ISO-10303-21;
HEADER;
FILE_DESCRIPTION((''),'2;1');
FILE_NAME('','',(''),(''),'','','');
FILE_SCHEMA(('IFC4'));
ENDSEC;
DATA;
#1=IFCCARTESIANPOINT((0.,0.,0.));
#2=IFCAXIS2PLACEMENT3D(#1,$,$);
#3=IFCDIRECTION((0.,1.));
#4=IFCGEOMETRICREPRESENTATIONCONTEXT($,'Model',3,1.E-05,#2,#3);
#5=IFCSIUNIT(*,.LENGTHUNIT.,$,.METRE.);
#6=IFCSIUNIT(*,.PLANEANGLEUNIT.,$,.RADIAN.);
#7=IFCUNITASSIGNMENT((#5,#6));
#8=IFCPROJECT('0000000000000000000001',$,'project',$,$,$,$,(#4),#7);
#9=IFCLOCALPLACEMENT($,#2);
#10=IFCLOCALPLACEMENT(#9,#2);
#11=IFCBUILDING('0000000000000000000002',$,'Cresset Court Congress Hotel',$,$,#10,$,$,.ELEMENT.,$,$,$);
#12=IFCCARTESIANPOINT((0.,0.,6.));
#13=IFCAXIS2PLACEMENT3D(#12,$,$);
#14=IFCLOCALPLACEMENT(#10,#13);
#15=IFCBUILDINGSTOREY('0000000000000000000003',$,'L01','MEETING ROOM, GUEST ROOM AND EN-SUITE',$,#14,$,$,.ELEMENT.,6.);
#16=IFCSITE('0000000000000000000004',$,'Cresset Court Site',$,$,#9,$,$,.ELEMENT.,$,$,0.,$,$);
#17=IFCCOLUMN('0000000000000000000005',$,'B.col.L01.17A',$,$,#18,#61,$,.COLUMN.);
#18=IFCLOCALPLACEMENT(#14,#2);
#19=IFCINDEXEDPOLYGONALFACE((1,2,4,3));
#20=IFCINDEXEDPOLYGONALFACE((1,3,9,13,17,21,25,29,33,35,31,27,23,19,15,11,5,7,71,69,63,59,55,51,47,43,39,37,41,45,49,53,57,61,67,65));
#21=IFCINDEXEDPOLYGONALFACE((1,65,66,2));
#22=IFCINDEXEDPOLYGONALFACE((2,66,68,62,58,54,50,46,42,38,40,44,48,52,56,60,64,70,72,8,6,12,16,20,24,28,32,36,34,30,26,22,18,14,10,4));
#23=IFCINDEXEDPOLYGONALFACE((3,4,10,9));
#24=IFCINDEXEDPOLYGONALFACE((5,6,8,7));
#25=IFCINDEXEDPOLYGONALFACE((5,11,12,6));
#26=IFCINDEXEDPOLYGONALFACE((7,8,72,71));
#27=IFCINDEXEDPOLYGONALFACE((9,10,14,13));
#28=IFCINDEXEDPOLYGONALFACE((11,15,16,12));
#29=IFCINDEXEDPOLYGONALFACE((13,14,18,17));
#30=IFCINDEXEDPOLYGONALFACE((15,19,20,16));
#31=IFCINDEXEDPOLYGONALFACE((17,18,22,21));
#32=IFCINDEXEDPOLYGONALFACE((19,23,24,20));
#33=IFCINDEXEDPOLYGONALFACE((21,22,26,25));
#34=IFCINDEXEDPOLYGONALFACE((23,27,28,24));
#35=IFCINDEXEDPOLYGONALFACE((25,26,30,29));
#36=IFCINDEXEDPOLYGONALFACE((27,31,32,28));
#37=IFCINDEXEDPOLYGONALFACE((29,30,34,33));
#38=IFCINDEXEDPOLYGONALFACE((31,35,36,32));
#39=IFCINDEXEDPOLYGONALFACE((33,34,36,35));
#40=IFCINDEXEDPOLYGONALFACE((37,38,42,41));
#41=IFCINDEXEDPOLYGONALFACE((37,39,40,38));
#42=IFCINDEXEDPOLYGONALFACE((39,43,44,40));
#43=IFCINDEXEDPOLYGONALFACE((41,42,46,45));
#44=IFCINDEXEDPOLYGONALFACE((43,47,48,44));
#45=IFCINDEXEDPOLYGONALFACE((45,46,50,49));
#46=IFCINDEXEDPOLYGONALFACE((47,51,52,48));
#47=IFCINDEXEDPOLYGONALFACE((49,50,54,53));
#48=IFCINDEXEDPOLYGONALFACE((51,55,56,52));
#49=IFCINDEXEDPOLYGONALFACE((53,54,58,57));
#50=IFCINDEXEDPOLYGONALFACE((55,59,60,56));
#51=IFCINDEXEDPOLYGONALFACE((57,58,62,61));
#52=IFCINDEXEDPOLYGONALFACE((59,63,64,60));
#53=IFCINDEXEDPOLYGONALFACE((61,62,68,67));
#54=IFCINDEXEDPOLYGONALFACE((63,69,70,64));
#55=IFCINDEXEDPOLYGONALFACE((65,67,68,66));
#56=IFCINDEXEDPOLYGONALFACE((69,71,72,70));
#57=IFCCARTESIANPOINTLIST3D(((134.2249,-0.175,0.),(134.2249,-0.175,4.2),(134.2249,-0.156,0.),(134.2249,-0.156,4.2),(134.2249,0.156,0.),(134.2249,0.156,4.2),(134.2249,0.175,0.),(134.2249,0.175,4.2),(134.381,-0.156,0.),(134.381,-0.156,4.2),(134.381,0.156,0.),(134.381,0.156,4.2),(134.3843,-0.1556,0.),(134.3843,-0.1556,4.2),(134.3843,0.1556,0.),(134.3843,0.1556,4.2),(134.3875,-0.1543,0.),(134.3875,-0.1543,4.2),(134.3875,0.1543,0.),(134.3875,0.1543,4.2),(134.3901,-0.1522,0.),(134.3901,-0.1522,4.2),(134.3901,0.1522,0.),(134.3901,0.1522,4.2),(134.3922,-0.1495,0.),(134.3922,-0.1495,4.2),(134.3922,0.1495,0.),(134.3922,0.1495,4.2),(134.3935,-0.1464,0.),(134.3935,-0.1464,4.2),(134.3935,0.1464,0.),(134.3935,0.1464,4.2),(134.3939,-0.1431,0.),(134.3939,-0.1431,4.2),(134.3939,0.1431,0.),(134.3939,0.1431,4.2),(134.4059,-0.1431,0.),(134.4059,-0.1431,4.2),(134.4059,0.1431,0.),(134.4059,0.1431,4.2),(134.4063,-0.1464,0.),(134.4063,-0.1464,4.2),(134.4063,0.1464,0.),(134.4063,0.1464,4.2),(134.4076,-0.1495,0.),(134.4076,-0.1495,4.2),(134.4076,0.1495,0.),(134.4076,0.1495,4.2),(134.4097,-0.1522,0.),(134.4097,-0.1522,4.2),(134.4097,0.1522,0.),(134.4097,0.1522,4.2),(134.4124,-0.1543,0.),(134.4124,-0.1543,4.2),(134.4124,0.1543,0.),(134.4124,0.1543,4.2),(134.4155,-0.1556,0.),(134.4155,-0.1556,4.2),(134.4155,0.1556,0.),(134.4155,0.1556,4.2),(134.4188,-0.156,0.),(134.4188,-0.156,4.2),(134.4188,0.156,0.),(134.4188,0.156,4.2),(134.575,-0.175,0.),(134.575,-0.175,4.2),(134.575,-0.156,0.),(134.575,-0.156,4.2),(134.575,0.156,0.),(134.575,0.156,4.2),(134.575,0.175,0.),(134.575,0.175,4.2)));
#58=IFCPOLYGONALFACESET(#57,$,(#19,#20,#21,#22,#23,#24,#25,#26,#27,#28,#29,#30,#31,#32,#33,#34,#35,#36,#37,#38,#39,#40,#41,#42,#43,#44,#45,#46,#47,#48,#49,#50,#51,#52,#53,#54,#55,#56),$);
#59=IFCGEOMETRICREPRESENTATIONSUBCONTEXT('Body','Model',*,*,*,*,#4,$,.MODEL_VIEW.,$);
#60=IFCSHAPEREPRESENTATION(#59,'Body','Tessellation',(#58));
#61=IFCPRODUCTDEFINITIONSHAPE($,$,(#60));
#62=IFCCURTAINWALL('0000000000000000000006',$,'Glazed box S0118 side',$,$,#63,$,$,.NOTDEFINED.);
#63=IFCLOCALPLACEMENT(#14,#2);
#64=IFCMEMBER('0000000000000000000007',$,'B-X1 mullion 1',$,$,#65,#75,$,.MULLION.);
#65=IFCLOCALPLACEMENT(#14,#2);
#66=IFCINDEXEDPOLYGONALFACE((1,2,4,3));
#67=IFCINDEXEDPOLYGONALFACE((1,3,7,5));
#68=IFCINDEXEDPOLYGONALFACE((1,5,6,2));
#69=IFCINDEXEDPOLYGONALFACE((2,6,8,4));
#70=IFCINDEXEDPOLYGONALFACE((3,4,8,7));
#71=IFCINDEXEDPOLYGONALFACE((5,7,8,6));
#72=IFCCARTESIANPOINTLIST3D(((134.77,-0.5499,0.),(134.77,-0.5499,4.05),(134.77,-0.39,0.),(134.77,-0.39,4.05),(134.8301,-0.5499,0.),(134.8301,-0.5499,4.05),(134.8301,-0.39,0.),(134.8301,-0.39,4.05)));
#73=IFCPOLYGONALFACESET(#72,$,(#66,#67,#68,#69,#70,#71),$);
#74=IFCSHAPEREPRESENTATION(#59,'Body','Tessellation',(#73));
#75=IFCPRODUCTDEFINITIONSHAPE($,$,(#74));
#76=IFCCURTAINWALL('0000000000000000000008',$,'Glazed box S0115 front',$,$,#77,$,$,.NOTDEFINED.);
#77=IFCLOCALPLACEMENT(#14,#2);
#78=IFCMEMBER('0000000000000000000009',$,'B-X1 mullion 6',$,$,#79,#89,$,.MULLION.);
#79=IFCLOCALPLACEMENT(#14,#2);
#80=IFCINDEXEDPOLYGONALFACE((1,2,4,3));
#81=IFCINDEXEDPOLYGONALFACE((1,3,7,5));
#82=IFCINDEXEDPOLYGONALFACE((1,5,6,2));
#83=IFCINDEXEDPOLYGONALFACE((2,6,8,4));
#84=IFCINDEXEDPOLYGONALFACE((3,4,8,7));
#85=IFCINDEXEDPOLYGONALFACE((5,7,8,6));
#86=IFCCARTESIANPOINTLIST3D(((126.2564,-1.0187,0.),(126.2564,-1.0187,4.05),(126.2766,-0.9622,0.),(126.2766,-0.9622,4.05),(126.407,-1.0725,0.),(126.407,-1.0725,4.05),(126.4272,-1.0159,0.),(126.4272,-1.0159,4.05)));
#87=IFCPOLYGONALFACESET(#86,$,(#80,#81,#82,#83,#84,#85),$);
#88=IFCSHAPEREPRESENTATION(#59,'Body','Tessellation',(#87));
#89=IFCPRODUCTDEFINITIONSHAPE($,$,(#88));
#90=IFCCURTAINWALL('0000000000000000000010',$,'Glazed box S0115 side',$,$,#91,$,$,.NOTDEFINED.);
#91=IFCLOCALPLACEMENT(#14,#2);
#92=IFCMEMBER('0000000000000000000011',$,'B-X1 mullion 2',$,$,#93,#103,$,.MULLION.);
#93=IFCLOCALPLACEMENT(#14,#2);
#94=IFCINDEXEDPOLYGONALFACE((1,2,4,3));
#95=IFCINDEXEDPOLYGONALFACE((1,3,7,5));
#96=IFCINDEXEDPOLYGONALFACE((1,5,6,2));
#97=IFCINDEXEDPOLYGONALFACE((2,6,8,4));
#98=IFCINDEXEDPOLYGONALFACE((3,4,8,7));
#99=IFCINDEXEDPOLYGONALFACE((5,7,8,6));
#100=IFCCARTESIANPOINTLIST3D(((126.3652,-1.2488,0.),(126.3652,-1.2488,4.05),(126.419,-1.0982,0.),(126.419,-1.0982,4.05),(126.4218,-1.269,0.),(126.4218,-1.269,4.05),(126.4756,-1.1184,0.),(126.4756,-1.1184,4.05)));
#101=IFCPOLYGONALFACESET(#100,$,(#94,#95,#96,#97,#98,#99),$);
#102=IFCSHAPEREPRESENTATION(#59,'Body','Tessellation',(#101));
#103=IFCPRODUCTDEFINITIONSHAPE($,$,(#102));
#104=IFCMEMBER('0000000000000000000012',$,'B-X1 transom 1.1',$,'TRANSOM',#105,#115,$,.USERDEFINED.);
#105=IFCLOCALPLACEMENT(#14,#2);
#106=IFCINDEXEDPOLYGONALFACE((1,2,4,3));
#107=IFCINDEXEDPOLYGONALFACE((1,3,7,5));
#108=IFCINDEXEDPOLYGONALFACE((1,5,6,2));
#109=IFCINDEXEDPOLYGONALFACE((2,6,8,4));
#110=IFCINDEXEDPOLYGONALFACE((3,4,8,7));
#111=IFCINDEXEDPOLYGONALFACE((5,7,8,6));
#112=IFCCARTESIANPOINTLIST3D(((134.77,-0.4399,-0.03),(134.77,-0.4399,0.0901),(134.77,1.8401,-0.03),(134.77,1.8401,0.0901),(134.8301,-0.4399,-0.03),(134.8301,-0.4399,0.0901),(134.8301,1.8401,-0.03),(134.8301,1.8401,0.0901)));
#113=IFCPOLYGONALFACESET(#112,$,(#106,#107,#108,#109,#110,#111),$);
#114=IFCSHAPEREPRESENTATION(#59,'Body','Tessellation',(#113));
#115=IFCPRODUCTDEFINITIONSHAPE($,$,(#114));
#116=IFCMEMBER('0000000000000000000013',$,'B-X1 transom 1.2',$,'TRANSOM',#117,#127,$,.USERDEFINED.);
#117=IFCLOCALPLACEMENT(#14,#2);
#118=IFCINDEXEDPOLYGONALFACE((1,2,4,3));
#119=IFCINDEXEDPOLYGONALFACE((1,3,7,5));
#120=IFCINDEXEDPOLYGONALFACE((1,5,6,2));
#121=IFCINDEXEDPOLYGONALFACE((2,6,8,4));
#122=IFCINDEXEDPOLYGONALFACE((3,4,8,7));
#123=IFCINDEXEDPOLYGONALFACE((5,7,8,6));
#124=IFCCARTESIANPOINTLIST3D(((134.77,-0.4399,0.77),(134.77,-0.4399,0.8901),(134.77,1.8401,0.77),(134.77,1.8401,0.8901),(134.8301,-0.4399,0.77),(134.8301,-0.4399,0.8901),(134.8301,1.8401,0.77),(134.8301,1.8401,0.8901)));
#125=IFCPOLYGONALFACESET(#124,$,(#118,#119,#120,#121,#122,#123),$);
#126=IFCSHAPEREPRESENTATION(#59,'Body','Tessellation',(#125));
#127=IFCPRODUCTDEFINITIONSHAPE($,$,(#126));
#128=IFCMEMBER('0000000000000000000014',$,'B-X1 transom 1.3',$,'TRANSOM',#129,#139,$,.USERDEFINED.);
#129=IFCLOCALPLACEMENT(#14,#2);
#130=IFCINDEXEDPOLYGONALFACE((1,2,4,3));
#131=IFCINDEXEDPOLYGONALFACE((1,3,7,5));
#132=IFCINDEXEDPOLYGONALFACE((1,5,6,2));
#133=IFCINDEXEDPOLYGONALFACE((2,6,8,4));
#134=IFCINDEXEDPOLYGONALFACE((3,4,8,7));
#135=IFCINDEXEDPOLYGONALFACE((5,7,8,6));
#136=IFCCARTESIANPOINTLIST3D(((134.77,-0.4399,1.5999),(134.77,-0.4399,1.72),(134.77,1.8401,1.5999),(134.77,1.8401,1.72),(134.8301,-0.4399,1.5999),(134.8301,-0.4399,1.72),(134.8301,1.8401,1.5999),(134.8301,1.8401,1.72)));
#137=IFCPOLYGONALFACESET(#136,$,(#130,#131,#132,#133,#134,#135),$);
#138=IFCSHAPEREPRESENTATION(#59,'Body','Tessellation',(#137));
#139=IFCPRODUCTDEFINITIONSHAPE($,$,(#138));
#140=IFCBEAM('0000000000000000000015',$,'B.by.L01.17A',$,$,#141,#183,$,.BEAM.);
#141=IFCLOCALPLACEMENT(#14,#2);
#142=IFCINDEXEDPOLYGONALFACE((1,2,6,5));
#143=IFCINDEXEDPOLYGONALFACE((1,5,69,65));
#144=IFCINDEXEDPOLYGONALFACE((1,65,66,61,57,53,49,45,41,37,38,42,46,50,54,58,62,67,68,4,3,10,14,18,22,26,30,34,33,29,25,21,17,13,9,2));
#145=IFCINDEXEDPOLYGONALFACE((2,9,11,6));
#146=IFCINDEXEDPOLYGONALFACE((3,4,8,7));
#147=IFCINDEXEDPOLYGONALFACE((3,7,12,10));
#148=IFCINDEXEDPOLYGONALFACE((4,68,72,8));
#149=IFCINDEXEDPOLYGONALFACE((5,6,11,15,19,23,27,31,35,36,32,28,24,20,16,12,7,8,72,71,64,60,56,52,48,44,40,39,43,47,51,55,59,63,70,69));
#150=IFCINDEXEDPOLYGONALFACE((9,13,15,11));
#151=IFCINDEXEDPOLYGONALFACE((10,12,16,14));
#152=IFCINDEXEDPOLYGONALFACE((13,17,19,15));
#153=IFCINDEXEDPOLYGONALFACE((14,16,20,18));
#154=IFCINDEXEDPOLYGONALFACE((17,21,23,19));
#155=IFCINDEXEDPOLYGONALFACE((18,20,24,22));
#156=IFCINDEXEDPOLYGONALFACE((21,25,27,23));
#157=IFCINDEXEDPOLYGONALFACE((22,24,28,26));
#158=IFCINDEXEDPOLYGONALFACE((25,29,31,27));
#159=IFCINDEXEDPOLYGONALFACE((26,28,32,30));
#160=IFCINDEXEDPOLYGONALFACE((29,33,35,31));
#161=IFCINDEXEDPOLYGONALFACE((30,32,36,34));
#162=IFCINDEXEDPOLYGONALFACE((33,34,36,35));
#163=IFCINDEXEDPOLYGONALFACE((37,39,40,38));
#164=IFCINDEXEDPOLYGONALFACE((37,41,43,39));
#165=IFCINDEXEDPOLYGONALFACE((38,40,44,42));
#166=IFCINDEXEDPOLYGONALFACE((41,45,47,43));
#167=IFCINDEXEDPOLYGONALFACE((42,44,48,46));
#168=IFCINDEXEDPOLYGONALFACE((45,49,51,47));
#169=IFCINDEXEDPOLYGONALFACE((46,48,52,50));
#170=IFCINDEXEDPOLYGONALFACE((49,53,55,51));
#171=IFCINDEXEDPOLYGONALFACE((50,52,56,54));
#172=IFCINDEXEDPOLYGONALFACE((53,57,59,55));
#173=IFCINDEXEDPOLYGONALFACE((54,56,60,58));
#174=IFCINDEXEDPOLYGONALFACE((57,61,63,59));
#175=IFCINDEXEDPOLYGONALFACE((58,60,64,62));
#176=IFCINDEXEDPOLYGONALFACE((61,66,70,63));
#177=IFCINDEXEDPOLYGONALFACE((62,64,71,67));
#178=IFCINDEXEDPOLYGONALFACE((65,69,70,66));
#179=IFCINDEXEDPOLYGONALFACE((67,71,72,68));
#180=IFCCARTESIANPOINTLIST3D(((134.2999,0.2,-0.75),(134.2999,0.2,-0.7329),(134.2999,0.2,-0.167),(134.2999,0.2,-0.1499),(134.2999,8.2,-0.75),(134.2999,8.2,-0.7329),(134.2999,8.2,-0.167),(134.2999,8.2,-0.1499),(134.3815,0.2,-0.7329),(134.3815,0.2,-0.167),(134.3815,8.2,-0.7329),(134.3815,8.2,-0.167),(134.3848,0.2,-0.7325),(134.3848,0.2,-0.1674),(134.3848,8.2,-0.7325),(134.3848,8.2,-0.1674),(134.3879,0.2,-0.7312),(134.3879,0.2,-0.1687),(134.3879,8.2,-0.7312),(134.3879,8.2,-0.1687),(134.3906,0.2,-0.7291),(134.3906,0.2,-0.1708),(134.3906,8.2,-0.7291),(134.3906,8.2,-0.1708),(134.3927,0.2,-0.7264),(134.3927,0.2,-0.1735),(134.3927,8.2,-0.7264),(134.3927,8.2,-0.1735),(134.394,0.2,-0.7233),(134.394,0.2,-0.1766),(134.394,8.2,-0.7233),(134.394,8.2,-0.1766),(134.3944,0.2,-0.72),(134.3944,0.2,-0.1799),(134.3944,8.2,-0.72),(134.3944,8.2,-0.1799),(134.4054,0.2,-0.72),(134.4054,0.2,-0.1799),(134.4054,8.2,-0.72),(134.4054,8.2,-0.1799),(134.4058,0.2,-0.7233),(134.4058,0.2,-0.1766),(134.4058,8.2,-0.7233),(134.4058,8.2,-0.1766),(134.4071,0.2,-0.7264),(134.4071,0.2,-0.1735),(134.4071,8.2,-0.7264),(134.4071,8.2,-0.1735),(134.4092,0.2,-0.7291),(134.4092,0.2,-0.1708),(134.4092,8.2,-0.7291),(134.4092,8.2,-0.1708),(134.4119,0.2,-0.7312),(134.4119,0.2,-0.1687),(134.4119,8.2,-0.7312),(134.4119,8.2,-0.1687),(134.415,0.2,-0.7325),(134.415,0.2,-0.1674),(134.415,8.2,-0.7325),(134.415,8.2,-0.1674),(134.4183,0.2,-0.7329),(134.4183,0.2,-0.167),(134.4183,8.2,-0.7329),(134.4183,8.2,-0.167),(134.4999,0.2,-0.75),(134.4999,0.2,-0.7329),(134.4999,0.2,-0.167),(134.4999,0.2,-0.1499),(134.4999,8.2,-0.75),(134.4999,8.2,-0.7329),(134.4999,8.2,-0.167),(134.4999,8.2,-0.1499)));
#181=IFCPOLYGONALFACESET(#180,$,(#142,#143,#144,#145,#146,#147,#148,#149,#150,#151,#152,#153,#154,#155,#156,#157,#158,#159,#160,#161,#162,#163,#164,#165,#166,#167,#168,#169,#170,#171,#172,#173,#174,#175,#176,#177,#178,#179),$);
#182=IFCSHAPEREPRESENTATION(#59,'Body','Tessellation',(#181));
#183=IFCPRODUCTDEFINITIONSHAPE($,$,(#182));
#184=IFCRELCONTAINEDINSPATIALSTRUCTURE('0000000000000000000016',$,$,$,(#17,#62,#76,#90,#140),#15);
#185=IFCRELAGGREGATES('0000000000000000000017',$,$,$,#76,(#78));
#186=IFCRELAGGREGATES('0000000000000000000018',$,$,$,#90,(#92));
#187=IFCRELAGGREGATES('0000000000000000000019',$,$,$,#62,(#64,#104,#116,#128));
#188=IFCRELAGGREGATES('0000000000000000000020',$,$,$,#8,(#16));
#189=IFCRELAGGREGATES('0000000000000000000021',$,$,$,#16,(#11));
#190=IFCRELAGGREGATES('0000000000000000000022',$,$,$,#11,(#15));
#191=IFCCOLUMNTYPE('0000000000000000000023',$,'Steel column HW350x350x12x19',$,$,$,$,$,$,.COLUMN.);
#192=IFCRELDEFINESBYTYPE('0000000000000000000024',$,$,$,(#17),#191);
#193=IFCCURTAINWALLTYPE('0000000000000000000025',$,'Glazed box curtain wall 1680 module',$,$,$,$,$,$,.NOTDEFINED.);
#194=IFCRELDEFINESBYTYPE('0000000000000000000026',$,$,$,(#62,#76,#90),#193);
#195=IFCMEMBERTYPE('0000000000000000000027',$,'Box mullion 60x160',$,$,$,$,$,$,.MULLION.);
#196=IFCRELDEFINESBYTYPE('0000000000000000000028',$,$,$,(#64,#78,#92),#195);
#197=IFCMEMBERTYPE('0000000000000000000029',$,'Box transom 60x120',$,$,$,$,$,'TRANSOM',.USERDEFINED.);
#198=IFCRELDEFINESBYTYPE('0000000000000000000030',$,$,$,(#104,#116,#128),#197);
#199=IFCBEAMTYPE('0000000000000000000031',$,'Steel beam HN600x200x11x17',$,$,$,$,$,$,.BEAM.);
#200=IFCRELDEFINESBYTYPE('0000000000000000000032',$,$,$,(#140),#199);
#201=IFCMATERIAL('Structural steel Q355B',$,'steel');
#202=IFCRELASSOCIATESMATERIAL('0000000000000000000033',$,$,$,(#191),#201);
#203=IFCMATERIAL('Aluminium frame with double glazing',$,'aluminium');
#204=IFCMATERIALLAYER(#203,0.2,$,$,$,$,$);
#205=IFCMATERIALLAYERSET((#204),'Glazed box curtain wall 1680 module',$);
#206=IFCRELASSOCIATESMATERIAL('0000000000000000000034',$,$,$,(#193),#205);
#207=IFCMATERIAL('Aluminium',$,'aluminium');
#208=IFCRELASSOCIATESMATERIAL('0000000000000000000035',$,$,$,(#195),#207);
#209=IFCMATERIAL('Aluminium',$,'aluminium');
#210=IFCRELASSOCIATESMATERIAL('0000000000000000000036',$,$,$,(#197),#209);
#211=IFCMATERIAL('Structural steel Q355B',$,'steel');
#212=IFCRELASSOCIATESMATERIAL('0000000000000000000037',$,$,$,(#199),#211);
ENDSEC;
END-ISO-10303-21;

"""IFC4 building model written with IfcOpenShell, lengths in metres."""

from ifc_helpers import new_model, si_unit, direction, frame, origin, origin_2d, place, context, subcontext, project, spatial, rectangle, i_section, extrude, material, layer, layer_set, material_profile, profile_set, type_object, element, aggregate, save


model = new_model("IFC4")

# Units and contexts
model_context = context("Model", 3, precision=1e-05, world=origin(), true_north=direction((0.0, 1.0)))
body_context = subcontext(model_context, "Body", "Model", "MODEL_VIEW")
ifc_project = project(units=[si_unit("LENGTHUNIT", "METRE"), si_unit("PLANEANGLEUNIT", "RADIAN")], contexts=[model_context])

# Site, building, storey
site_placement = place(None, origin())
site = spatial("IfcSite", under=ifc_project, at=site_placement, Name="Cresset Court Site", CompositionType="ELEMENT", RefElevation=0.0)
building_placement = place(site_placement, origin())
building = spatial("IfcBuilding", under=site, at=building_placement, Name="Cresset Court Congress Hotel", CompositionType="ELEMENT")
storey_placement = place(building_placement, frame((0.0, 0.0, 6.0)))
storey = spatial("IfcBuildingStorey", under=building, at=storey_placement, Name="L01", Description="MEETING ROOM, GUEST ROOM AND EN-SUITE", CompositionType="ELEMENT", Elevation=6.0)

# Column
ifc_material_1 = material(Name="Structural steel Q355B", Category="steel")
ifc_material_profile_1 = material_profile(ifc_material_1, i_section(OverallWidth=0.3501, OverallDepth=0.3501, WebThickness=0.012, FlangeThickness=0.019, FilletRadius=0.0129, at=origin_2d()), Name="HW350x350x12x19")
ifc_profile_set_1 = profile_set([ifc_material_profile_1], Name="Structural steel Q355B")
column_type = type_object("IfcColumnType", Name="Steel column HW350x350x12x19", PredefinedType="COLUMN", material=ifc_profile_set_1)
column_placement = place(storey_placement, frame((134.3999, 0.0, 0.0), z_axis=(0.0, 0.0, 1.0), x_axis=(1.0, 0.0, 0.0)))
element("IfcColumn", 1, at=column_placement, inside=storey, type_object=column_type, Name="B.col.L01.17A", PredefinedType="COLUMN", context=body_context, shape_type="SweptSolid", body=[
    extrude(i_section(OverallWidth=0.3501, OverallDepth=0.3501, WebThickness=0.012, FlangeThickness=0.019, FilletRadius=0.0129, at=origin_2d()), origin(), (0.0, 0.0, 1.0), 4.2),
])

# Curtain walls, members
ifc_material_2 = material(Name="Aluminium frame with double glazing", Category="aluminium")
ifc_layer_1 = layer(ifc_material_2, 0.2)
ifc_layer_set_1 = layer_set([ifc_layer_1], Name="Glazed box curtain wall 1680 module")
curtain_wall_type = type_object("IfcCurtainWallType", Name="Glazed box curtain wall 1680 module", PredefinedType="NOTDEFINED", material=ifc_layer_set_1)
curtain_wall_1_placement = place(storey_placement, origin())
curtain_wall_1 = element("IfcCurtainWall", 2, at=curtain_wall_1_placement, inside=storey, type_object=curtain_wall_type, Name="Glazed box S0118 side", PredefinedType="NOTDEFINED")
ifc_material_3 = material(Name="Aluminium", Category="aluminium")
ifc_material_profile_2 = material_profile(ifc_material_3, rectangle(XDim=0.0601, YDim=0.1599, at=origin_2d()), Name="Box mullion 60x160")
ifc_profile_set_2 = profile_set([ifc_material_profile_2], Name="Aluminium")
member_type_1 = type_object("IfcMemberType", Name="Box mullion 60x160", PredefinedType="MULLION", material=ifc_profile_set_2)
member_1_placement = place(storey_placement, frame((134.8, -0.47, 0.0), z_axis=(0.0, 0.0, 1.0), x_axis=(-1.0, 0.0, 0.0)))
member_1 = element("IfcMember", 3, at=member_1_placement, type_object=member_type_1, Name="B-X1 mullion 1", PredefinedType="MULLION", context=body_context, shape_type="SweptSolid", body=[
    extrude(rectangle(XDim=0.0601, YDim=0.1599, at=origin_2d()), origin(), (0.0, 0.0, 1.0), 4.05),
])
curtain_wall_2_placement = place(storey_placement, origin())
curtain_wall_2 = element("IfcCurtainWall", 4, at=curtain_wall_2_placement, inside=storey, type_object=curtain_wall_type, Name="Glazed box S0115 front", PredefinedType="NOTDEFINED")
member_2_placement = place(storey_placement, frame((126.3418, -1.0173, 0.0), z_axis=(0.0, 0.0, 1.0), x_axis=(0.336336, 0.941742, 0.0)))
member_2 = element("IfcMember", 5, at=member_2_placement, type_object=member_type_1, Name="B-X1 mullion 6", PredefinedType="MULLION", context=body_context, shape_type="SweptSolid", body=[
    extrude(rectangle(XDim=0.0601, YDim=0.1599, at=origin_2d()), origin(), (0.0, 0.0, 1.0), 4.05),
])
aggregate(curtain_wall_2, [member_2])
curtain_wall_3_placement = place(storey_placement, origin())
curtain_wall_3 = element("IfcCurtainWall", 6, at=curtain_wall_3_placement, inside=storey, type_object=curtain_wall_type, Name="Glazed box S0115 side", PredefinedType="NOTDEFINED")
member_3_placement = place(storey_placement, frame((126.4204, -1.1836, 0.0), z_axis=(0.0, 0.0, 1.0), x_axis=(-0.941742, 0.336336, 0.0)))
member_3 = element("IfcMember", 7, at=member_3_placement, type_object=member_type_1, Name="B-X1 mullion 2", PredefinedType="MULLION", context=body_context, shape_type="SweptSolid", body=[
    extrude(rectangle(XDim=0.0601, YDim=0.1599, at=origin_2d()), origin(), (0.0, 0.0, 1.0), 4.05),
])
aggregate(curtain_wall_3, [member_3])

# Members
ifc_material_4 = material(Name="Aluminium", Category="aluminium")
ifc_material_profile_3 = material_profile(ifc_material_4, rectangle(XDim=0.0601, YDim=0.1201, at=origin_2d()), Name="Box transom 60x120")
ifc_profile_set_3 = profile_set([ifc_material_profile_3], Name="Aluminium")
member_type_2 = type_object("IfcMemberType", Name="Box transom 60x120", ElementType="TRANSOM", PredefinedType="USERDEFINED", material=ifc_profile_set_3)
member_4_placement = place(storey_placement, frame((134.8, -0.4399, 0.03), z_axis=(0.0, 1.0, 0.0), x_axis=(-1.0, 0.0, 0.0)))
member_4 = element("IfcMember", 8, at=member_4_placement, type_object=member_type_2, Name="B-X1 transom 1.1", ObjectType="TRANSOM", PredefinedType="USERDEFINED", context=body_context, shape_type="SweptSolid", body=[
    extrude(rectangle(XDim=0.0601, YDim=0.1201, at=origin_2d()), origin(), (0.0, 0.0, 1.0), 2.28),
])
member_5_placement = place(storey_placement, frame((134.8, -0.4399, 0.8301), z_axis=(0.0, 1.0, 0.0), x_axis=(-1.0, 0.0, 0.0)))
member_5 = element("IfcMember", 9, at=member_5_placement, type_object=member_type_2, Name="B-X1 transom 1.2", ObjectType="TRANSOM", PredefinedType="USERDEFINED", context=body_context, shape_type="SweptSolid", body=[
    extrude(rectangle(XDim=0.0601, YDim=0.1201, at=origin_2d()), origin(), (0.0, 0.0, 1.0), 2.28),
])
member_6_placement = place(storey_placement, frame((134.8, -0.4399, 1.6599), z_axis=(0.0, 1.0, 0.0), x_axis=(-1.0, 0.0, 0.0)))
member_6 = element("IfcMember", 10, at=member_6_placement, type_object=member_type_2, Name="B-X1 transom 1.3", ObjectType="TRANSOM", PredefinedType="USERDEFINED", context=body_context, shape_type="SweptSolid", body=[
    extrude(rectangle(XDim=0.0601, YDim=0.1201, at=origin_2d()), origin(), (0.0, 0.0, 1.0), 2.28),
])
aggregate(curtain_wall_1, [member_1, member_4, member_5, member_6])

# Beam
ifc_material_5 = material(Name="Structural steel Q355B", Category="steel")
ifc_material_profile_4 = material_profile(ifc_material_5, i_section(OverallWidth=0.2, OverallDepth=0.6001, WebThickness=0.011, FlangeThickness=0.0171, FilletRadius=0.0129, at=origin_2d()), Name="HN600x200x11x17")
ifc_profile_set_4 = profile_set([ifc_material_profile_4], Name="Structural steel Q355B")
beam_type_1 = type_object("IfcBeamType", Name="Steel beam HN600x200x11x17", PredefinedType="BEAM", material=ifc_profile_set_4)
beam_1_placement = place(storey_placement, frame((134.3999, 0.2, -0.45), z_axis=(0.0, 1.0, 0.0), x_axis=(-1.0, 0.0, 0.0)))
element("IfcBeam", 11, at=beam_1_placement, inside=storey, type_object=beam_type_1, Name="B.by.L01.17A", PredefinedType="BEAM", context=body_context, shape_type="SweptSolid", body=[
    extrude(i_section(OverallWidth=0.2, OverallDepth=0.6001, WebThickness=0.011, FlangeThickness=0.0171, FilletRadius=0.0129, at=origin_2d()), origin(), (0.0, 0.0, 1.0), 8.0),
])

save(model, "model.ifc")
